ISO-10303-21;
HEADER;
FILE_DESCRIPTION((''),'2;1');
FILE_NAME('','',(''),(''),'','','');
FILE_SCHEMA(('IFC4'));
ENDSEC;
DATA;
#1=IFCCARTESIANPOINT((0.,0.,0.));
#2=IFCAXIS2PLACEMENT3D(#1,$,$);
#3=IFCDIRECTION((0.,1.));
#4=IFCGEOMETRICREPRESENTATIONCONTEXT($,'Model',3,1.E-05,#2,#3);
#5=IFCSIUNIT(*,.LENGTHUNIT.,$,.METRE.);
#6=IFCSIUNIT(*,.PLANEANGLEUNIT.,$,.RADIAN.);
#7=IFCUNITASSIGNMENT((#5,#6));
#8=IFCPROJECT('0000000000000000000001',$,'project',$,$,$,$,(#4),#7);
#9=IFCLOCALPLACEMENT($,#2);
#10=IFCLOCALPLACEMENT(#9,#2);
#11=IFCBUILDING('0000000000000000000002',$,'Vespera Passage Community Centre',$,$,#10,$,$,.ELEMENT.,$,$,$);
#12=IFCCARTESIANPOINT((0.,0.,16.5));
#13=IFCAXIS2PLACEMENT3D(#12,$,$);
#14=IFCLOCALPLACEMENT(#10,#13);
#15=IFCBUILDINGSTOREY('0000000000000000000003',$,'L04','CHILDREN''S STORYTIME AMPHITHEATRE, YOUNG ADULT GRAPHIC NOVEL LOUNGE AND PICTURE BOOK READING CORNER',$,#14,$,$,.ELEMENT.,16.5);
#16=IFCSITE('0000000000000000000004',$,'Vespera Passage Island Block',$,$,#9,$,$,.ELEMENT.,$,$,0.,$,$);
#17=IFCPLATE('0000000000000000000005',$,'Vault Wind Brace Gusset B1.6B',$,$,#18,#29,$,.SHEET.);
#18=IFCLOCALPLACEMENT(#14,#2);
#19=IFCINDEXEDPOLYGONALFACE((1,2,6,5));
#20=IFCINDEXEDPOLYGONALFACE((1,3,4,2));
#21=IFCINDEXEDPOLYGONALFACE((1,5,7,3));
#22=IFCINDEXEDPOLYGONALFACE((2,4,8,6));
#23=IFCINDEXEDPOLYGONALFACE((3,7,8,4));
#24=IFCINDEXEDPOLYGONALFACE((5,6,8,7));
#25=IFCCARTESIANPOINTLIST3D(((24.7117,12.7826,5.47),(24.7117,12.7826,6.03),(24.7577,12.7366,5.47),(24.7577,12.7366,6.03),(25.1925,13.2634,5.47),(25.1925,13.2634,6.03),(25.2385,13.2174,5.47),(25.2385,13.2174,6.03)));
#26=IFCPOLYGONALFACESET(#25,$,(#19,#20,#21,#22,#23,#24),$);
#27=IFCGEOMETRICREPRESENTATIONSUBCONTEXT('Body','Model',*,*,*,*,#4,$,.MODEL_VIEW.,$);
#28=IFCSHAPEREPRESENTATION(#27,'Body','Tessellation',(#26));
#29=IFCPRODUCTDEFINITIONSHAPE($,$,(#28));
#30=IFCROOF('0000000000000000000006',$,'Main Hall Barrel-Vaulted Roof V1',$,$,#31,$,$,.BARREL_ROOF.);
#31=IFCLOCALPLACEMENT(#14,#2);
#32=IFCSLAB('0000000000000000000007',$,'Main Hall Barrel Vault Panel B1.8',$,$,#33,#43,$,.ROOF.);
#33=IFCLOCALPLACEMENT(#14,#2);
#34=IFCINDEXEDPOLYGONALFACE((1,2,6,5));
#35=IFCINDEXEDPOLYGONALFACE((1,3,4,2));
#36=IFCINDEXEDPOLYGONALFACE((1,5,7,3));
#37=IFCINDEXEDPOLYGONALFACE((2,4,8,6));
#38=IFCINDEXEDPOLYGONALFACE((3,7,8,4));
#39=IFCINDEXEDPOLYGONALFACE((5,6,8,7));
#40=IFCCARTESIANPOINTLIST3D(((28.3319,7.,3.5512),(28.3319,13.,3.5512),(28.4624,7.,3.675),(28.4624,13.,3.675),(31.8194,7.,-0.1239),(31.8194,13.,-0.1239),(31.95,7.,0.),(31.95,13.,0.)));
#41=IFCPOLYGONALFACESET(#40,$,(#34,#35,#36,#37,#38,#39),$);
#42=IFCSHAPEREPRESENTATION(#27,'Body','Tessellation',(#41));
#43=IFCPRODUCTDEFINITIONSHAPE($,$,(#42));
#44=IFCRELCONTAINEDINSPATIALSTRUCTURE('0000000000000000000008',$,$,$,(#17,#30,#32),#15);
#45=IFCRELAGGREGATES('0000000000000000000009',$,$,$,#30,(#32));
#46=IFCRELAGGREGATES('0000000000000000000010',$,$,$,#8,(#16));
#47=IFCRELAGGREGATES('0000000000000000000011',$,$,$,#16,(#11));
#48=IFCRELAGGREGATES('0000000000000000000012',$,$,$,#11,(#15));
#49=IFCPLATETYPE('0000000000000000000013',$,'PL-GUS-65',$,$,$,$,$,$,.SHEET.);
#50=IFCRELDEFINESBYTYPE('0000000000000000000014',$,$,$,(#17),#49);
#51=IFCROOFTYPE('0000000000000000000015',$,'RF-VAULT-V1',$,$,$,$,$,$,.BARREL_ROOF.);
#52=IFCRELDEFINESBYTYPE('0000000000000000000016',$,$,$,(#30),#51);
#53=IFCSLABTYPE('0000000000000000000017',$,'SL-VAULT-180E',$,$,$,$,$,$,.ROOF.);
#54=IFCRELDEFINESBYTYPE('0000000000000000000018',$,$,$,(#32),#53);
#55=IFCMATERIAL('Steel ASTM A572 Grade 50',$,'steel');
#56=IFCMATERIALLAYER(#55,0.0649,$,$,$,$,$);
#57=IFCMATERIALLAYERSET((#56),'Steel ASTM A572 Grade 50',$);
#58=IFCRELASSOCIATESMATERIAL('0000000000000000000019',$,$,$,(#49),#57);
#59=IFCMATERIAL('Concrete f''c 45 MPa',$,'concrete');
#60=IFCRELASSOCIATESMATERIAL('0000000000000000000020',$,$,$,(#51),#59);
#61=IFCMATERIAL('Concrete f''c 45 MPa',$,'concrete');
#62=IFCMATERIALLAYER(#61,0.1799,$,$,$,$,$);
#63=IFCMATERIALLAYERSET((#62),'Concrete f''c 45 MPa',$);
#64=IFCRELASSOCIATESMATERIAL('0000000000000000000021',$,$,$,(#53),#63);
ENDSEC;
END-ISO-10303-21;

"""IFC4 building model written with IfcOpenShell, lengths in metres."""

from ifc_helpers import new_model, si_unit, direction, frame, origin, origin_2d, place, context, subcontext, project, spatial, polyline, rectangle, outline, extrude, material, layer, layer_set, type_object, element, aggregate, save


model = new_model("IFC4")

# Units and contexts
model_context = context("Model", 3, precision=1e-05, world=origin(), true_north=direction((0.0, 1.0)))
body_context = subcontext(model_context, "Body", "Model", "MODEL_VIEW")
ifc_project = project(units=[si_unit("LENGTHUNIT", "METRE"), si_unit("PLANEANGLEUNIT", "RADIAN")], contexts=[model_context])

# Site, building, storey
site_placement = place(None, origin())
site = spatial("IfcSite", under=ifc_project, at=site_placement, Name="Vespera Passage Island Block", CompositionType="ELEMENT", RefElevation=0.0)
building_placement = place(site_placement, origin())
building = spatial("IfcBuilding", under=site, at=building_placement, Name="Vespera Passage Community Centre", CompositionType="ELEMENT")
storey_placement = place(building_placement, frame((0.0, 0.0, 16.5)))
storey = spatial("IfcBuildingStorey", under=building, at=storey_placement, Name="L04", Description="CHILDREN'S STORYTIME AMPHITHEATRE, YOUNG ADULT GRAPHIC NOVEL LOUNGE AND PICTURE BOOK READING CORNER", CompositionType="ELEMENT", Elevation=16.5)

# Plate
ifc_material_1 = material(Name="Steel ASTM A572 Grade 50", Category="steel")
ifc_layer_1 = layer(ifc_material_1, 0.0649)
ifc_layer_set_1 = layer_set([ifc_layer_1], Name="Steel ASTM A572 Grade 50")
plate_type_1 = type_object("IfcPlateType", Name="PL-GUS-65", PredefinedType="SHEET", material=ifc_layer_set_1)
plate_placement = place(storey_placement, frame((24.9751, 13.0, 5.47), z_axis=(0.0, 0.0, 1.0), x_axis=(0.707107, 0.707107, 0.0)))
element("IfcPlate", 1, at=plate_placement, inside=storey, type_object=plate_type_1, Name="Vault Wind Brace Gusset B1.6B", PredefinedType="SHEET", context=body_context, shape_type="SweptSolid", body=[
    extrude(rectangle(XDim=0.6799, YDim=0.0649, at=origin_2d()), origin(), (0.0, 0.0, 1.0), 0.5601),
])

# Roof, slab
ifc_material_2 = material(Name="Concrete f'c 45 MPa", Category="concrete")
roof_type = type_object("IfcRoofType", Name="RF-VAULT-V1", PredefinedType="BARREL_ROOF", material=ifc_material_2)
roof_placement = place(storey_placement, origin())
roof = element("IfcRoof", 2, at=roof_placement, inside=storey, type_object=roof_type, Name="Main Hall Barrel-Vaulted Roof V1", PredefinedType="BARREL_ROOF")
ifc_material_3 = material(Name="Concrete f'c 45 MPa", Category="concrete")
ifc_layer_2 = layer(ifc_material_3, 0.1799)
ifc_layer_set_2 = layer_set([ifc_layer_2], Name="Concrete f'c 45 MPa")
slab_type = type_object("IfcSlabType", Name="SL-VAULT-180E", PredefinedType="ROOF", material=ifc_layer_set_2)
slab_placement = place(storey_placement, frame((28.4624, 7.0, 3.675), z_axis=(0.725369, 0.0, 0.688361), x_axis=(0.688361, 0.0, -0.725369)))
slab = element("IfcSlab", 3, at=slab_placement, inside=storey, type_object=slab_type, Name="Main Hall Barrel Vault Panel B1.8", PredefinedType="ROOF", context=body_context, shape_type="SweptSolid", body=[
    extrude(outline(polyline([(0.0, 0.0), (5.0665, 0.0), (5.0665, 6.0), (0.0, 6.0), (0.0, 0.0)])), origin(), (0.0, 0.0, -1.0), 0.1799),
])
aggregate(roof, [slab])

save(model, "model.ifc")
